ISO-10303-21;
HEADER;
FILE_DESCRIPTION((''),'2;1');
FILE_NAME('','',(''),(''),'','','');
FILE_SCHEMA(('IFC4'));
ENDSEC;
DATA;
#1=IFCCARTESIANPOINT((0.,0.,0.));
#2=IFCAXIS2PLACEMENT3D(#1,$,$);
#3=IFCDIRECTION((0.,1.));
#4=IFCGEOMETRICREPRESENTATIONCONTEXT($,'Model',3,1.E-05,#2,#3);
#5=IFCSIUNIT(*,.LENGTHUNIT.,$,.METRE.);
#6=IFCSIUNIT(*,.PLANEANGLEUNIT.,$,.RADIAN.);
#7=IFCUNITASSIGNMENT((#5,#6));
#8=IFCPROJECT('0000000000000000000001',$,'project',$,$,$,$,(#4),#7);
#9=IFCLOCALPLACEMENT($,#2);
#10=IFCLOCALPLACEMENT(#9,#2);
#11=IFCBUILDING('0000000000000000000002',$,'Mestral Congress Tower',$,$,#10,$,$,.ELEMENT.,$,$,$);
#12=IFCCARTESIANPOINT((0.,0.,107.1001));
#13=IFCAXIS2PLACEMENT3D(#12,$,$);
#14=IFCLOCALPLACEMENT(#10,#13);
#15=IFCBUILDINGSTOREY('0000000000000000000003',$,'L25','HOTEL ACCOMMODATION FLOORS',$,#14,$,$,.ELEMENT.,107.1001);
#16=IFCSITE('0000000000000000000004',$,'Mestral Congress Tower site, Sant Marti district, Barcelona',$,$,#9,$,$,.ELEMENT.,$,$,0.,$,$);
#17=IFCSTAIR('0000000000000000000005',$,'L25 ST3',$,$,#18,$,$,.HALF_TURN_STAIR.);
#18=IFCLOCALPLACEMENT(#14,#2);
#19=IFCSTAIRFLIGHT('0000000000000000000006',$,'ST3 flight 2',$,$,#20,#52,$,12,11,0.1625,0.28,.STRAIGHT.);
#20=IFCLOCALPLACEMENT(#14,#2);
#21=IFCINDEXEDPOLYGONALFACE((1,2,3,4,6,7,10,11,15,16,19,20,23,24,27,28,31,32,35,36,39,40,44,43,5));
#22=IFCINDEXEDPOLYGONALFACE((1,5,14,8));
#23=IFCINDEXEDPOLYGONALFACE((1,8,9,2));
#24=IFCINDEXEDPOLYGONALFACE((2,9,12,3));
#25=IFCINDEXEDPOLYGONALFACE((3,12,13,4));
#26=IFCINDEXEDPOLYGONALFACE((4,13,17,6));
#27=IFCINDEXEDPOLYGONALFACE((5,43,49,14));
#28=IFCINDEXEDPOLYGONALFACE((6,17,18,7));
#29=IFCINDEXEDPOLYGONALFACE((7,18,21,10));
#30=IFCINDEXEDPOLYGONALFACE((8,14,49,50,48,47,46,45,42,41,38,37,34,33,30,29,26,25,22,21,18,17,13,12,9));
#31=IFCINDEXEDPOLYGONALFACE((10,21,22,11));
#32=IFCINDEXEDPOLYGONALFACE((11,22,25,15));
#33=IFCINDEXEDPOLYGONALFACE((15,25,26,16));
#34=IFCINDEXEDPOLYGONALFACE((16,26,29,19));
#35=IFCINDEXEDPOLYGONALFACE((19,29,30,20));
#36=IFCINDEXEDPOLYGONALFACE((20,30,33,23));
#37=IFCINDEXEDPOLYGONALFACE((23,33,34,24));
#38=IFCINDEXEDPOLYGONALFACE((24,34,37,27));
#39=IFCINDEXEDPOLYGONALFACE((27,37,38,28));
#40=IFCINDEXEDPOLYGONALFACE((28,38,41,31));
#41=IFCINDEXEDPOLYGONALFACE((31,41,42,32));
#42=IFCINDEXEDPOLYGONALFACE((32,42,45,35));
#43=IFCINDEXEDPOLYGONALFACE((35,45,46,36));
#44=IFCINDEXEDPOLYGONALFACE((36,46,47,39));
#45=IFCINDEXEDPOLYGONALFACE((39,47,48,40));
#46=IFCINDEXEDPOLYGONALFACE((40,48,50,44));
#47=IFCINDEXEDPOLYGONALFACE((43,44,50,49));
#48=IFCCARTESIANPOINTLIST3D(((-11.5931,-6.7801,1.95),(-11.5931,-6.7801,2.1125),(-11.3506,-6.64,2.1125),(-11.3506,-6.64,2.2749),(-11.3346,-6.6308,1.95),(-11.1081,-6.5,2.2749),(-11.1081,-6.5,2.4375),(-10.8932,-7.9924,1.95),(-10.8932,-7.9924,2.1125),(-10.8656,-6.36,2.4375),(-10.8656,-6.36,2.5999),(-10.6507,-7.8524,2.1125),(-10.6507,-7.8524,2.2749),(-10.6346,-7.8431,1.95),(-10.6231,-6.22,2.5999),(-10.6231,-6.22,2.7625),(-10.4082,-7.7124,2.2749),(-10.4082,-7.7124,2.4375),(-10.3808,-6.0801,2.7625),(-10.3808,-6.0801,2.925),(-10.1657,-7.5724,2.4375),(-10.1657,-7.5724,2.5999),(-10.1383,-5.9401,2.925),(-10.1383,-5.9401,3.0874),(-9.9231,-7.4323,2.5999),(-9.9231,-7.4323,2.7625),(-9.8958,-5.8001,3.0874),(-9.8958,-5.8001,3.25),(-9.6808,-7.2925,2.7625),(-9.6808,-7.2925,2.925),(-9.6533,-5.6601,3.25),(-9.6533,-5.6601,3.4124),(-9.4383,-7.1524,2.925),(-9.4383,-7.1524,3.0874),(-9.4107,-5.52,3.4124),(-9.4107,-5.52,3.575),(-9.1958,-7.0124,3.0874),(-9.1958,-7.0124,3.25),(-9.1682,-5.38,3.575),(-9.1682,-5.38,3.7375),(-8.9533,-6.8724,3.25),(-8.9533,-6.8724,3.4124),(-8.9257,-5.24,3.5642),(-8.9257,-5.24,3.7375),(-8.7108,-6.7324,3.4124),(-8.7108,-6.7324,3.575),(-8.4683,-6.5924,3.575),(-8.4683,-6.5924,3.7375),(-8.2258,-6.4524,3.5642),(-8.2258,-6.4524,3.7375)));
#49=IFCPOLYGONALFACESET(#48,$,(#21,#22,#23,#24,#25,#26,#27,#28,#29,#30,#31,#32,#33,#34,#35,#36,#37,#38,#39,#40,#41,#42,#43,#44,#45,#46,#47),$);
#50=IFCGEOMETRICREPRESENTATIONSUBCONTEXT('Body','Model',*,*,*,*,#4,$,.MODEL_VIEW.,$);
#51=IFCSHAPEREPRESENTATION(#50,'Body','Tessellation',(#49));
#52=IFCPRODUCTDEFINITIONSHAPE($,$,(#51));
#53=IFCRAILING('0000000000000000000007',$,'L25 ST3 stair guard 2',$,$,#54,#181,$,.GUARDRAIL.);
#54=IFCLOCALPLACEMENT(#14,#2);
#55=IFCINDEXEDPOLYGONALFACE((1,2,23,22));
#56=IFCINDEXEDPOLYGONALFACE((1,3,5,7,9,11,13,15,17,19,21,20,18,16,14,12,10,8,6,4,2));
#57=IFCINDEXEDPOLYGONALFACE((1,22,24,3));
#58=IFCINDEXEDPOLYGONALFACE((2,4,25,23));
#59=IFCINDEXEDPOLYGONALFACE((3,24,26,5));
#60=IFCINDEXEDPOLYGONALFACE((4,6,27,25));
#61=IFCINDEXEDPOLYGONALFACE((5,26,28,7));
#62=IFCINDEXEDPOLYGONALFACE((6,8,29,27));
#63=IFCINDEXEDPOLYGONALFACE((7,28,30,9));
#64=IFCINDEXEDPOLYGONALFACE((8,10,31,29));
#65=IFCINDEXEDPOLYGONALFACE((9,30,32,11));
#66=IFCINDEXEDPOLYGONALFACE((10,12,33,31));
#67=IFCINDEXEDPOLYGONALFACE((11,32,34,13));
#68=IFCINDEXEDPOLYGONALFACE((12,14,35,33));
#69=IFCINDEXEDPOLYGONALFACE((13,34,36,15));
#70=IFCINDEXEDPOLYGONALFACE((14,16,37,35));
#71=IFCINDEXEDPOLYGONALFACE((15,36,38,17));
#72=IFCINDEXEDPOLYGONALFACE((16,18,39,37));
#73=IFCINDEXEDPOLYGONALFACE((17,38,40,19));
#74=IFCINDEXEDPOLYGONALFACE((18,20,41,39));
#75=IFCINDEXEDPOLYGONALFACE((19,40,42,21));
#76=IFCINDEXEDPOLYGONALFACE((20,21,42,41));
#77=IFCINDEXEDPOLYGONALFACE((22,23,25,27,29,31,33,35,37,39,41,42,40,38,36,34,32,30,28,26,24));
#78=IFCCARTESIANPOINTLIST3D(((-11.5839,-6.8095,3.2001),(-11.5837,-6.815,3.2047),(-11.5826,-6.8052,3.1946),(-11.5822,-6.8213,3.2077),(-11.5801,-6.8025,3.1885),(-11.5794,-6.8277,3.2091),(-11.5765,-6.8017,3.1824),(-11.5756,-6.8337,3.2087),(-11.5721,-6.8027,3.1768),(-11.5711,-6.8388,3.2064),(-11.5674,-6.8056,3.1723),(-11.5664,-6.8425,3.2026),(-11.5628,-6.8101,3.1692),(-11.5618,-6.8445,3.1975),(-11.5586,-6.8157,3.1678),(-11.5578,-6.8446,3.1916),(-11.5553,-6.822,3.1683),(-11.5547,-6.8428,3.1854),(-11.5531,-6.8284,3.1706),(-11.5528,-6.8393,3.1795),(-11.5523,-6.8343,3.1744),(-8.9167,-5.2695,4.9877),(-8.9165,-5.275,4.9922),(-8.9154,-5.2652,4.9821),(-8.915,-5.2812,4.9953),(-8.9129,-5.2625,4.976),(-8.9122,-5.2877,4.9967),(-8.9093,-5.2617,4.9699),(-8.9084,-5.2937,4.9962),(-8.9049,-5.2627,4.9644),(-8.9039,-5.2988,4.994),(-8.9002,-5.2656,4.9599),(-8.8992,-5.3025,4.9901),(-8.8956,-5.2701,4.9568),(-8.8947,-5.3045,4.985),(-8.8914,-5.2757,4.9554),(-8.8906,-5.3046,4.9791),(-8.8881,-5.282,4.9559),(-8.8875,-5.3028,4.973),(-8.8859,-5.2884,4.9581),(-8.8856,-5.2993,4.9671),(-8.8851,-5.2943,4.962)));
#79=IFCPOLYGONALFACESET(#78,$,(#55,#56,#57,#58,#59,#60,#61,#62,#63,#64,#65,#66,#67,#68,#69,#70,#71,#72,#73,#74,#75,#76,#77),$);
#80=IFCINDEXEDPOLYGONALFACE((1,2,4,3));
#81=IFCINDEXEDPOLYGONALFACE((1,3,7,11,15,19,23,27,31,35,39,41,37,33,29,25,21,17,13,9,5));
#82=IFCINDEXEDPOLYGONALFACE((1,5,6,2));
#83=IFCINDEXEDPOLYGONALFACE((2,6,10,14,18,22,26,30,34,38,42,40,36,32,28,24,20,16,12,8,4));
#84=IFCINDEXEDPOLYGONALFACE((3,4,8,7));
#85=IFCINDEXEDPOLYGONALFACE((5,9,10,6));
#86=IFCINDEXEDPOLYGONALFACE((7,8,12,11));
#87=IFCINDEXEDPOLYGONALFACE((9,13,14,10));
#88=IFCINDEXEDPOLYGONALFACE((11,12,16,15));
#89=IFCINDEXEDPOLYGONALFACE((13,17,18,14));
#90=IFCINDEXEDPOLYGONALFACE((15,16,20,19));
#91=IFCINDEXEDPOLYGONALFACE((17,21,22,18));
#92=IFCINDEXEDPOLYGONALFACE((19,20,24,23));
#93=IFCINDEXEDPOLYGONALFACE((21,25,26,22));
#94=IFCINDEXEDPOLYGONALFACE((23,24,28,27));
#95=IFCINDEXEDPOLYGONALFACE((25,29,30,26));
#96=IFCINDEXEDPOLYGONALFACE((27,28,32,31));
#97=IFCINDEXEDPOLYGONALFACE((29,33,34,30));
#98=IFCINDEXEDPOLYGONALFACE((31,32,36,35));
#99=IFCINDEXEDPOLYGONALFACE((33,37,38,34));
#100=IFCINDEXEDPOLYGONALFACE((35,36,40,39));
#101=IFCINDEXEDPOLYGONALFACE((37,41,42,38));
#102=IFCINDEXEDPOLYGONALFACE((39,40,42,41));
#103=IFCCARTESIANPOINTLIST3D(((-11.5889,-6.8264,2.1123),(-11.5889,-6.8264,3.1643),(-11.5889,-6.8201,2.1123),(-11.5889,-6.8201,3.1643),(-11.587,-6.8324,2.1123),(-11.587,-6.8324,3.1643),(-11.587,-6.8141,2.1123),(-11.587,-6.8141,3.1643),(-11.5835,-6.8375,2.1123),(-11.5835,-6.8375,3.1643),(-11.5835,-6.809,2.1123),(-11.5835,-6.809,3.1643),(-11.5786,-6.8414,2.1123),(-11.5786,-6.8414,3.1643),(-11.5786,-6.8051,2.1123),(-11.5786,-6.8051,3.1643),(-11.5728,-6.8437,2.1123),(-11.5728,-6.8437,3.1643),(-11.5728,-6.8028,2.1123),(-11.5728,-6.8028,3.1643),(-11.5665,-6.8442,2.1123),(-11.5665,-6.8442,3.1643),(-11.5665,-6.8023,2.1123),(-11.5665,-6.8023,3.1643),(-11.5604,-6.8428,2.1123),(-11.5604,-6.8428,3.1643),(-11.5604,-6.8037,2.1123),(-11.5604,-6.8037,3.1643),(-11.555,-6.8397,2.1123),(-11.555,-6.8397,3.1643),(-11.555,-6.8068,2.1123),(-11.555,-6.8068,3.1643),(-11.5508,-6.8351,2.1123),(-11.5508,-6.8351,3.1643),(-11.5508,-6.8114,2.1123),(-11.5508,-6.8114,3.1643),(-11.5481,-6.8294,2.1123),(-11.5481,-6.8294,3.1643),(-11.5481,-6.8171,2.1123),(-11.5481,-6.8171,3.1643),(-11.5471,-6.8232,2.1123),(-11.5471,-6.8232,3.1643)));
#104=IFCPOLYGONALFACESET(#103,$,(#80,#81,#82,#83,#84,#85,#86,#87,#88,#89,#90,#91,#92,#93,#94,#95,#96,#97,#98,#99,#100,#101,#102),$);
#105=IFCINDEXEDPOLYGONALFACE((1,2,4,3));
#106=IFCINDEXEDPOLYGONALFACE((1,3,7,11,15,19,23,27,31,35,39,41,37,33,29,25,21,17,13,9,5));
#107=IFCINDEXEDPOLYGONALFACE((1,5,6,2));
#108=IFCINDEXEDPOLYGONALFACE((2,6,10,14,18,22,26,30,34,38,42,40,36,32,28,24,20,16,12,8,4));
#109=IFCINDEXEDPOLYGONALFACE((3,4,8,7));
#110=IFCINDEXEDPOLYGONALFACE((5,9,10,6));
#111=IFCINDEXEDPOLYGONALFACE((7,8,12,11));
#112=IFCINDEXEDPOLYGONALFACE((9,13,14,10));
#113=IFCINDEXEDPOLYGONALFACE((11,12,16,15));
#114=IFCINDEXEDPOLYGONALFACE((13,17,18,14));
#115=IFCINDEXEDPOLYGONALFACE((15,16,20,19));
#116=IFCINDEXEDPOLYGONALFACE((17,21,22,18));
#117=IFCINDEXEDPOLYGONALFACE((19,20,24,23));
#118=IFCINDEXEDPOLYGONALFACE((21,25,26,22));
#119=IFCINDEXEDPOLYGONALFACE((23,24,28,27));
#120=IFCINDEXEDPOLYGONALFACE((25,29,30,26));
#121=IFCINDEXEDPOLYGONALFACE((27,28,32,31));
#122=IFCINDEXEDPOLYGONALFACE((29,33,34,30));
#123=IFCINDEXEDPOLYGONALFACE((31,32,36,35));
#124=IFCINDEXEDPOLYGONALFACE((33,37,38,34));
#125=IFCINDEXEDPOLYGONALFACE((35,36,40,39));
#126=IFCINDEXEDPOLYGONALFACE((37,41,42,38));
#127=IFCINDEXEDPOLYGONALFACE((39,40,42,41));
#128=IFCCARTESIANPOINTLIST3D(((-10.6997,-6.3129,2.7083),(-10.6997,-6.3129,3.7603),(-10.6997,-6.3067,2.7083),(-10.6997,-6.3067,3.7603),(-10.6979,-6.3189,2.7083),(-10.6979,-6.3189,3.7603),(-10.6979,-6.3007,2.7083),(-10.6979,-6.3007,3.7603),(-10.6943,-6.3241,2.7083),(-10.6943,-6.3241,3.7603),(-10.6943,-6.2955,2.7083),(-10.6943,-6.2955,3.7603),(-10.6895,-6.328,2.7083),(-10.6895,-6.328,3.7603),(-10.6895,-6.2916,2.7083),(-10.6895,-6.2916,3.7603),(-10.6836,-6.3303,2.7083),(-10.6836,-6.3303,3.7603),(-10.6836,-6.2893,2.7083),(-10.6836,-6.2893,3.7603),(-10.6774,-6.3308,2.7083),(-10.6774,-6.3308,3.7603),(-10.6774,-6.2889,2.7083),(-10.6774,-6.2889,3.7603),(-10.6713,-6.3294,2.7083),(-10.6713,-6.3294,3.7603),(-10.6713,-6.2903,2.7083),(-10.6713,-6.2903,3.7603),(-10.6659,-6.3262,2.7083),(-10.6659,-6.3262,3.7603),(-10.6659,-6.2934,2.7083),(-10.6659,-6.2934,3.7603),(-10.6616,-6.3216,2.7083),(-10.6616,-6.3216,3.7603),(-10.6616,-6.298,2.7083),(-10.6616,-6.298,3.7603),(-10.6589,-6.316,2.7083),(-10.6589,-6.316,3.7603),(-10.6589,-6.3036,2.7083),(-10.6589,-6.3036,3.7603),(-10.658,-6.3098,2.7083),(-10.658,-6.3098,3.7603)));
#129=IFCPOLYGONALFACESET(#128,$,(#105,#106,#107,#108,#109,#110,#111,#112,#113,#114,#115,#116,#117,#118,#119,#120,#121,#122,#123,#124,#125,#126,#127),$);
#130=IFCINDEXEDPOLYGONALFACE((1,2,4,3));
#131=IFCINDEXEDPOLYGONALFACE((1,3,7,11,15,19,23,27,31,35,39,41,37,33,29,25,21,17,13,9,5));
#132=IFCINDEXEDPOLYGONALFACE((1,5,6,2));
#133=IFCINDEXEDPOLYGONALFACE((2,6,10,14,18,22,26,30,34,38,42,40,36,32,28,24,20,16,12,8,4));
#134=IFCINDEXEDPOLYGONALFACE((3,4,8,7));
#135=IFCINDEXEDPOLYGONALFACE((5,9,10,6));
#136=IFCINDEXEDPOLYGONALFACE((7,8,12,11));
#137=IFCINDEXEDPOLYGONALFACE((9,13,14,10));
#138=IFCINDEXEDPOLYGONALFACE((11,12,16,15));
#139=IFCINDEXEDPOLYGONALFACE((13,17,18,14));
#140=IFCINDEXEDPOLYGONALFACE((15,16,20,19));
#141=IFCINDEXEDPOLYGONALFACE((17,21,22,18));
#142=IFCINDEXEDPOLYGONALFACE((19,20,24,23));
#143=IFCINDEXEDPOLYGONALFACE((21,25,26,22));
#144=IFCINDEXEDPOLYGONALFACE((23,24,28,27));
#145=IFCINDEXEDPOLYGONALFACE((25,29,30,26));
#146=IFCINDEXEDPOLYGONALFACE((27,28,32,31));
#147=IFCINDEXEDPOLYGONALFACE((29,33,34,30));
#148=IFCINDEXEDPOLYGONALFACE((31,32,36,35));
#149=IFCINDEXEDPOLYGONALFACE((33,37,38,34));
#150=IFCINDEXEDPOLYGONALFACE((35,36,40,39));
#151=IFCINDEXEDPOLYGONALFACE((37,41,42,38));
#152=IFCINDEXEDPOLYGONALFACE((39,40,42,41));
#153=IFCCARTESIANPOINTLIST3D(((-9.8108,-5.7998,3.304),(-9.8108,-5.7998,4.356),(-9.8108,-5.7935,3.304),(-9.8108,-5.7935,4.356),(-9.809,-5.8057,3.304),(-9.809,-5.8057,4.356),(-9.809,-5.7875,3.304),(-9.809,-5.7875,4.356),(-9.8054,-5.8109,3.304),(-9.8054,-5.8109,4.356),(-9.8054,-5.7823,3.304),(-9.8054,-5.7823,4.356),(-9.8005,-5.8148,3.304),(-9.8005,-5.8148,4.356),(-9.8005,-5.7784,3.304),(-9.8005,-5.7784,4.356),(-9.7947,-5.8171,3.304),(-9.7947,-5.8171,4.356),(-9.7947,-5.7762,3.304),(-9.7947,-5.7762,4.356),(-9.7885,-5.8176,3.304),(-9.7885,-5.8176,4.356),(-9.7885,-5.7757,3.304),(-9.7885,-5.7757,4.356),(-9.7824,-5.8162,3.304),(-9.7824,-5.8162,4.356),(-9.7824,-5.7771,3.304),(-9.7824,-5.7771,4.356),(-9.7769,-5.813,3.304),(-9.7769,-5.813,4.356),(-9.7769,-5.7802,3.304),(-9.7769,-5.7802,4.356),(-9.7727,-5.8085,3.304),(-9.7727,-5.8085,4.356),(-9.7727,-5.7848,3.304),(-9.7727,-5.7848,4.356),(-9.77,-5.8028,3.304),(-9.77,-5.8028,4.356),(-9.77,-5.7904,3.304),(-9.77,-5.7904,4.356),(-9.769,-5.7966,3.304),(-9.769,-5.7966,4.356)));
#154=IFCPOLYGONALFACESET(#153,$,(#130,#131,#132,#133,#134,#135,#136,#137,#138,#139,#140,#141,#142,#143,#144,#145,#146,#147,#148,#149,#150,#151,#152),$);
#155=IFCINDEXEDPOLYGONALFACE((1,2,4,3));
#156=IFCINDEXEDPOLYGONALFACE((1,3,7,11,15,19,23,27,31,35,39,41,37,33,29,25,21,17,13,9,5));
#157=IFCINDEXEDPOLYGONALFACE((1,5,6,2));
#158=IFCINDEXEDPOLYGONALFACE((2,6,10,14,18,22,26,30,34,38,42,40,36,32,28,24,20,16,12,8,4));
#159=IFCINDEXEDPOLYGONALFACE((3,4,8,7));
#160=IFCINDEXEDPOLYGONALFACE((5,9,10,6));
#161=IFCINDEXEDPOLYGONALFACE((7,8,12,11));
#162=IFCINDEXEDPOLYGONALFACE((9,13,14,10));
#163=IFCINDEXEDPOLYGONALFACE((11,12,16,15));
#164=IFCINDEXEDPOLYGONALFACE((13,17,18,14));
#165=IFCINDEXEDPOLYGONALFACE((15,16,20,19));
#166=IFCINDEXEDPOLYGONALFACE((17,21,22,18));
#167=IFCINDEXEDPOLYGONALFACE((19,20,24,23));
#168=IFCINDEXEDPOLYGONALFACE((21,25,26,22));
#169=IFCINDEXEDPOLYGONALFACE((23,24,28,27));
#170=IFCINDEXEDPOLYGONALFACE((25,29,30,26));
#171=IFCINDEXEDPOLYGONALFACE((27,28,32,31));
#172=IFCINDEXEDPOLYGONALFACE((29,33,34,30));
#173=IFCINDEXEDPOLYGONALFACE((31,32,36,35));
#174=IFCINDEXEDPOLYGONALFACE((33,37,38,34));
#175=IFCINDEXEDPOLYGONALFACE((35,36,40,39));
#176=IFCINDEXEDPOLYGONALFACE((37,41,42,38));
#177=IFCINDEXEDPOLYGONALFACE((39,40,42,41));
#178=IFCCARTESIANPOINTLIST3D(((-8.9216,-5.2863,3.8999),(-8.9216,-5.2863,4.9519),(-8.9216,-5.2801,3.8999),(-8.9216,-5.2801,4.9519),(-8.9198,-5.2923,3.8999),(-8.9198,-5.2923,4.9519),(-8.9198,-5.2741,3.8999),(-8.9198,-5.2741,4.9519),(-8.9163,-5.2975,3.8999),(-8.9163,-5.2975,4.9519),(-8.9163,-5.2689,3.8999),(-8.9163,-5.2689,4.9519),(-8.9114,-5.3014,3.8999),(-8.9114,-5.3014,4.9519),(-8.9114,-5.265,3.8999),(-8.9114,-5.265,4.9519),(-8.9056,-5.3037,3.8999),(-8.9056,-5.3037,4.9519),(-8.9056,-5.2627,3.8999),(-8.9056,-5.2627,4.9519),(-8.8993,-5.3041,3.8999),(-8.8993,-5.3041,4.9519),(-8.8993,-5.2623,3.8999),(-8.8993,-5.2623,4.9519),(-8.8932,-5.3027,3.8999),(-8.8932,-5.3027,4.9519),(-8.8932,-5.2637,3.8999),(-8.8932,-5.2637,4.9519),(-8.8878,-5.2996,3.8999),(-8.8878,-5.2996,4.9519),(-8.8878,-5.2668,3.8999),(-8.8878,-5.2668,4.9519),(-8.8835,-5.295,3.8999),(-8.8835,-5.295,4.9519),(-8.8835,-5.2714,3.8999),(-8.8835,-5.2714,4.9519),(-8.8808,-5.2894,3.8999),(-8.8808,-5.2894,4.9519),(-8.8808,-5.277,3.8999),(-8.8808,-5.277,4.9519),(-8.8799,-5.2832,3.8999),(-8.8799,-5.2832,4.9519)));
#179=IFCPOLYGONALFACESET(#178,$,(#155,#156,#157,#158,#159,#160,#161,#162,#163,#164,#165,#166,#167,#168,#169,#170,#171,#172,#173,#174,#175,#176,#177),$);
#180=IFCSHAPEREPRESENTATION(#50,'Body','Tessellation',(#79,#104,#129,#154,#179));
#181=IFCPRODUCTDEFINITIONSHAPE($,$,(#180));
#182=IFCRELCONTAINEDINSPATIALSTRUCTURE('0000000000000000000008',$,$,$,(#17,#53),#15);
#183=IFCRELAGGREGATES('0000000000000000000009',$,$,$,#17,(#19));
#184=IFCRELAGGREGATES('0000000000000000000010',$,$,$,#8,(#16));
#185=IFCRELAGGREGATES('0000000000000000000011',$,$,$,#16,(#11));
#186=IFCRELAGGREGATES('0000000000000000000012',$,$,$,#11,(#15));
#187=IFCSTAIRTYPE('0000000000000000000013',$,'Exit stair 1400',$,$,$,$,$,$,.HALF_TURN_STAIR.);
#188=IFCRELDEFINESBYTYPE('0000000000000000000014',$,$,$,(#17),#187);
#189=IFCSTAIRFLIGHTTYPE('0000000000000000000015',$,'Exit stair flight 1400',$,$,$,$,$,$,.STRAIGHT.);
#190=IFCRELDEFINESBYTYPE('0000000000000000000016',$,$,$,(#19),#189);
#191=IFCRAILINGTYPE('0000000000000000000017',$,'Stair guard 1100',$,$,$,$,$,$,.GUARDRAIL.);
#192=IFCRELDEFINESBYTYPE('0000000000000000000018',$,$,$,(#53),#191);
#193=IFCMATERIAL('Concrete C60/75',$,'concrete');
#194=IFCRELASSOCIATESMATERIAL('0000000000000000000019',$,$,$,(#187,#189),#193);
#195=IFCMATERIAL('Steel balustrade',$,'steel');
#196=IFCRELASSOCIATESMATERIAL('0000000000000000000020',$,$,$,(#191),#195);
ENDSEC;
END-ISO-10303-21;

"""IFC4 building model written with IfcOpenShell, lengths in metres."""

from ifc_helpers import new_model, si_unit, direction, frame, origin, origin_2d, place, context, subcontext, project, spatial, polyline, circle, outline, extrude, material, type_object, element, aggregate, save


model = new_model("IFC4")

# Units and contexts
model_context = context("Model", 3, precision=1e-05, world=origin(), true_north=direction((0.0, 1.0)))
body_context = subcontext(model_context, "Body", "Model", "MODEL_VIEW")
ifc_project = project(units=[si_unit("LENGTHUNIT", "METRE"), si_unit("PLANEANGLEUNIT", "RADIAN")], contexts=[model_context])

# Site, building, storey
site_placement = place(None, origin())
site = spatial("IfcSite", under=ifc_project, at=site_placement, Name="Mestral Congress Tower site, Sant Marti district, Barcelona", CompositionType="ELEMENT", RefElevation=0.0)
building_placement = place(site_placement, origin())
building = spatial("IfcBuilding", under=site, at=building_placement, Name="Mestral Congress Tower", CompositionType="ELEMENT")
storey_placement = place(building_placement, frame((0.0, 0.0, 107.1001)))
storey = spatial("IfcBuildingStorey", under=building, at=storey_placement, Name="L25", Description="HOTEL ACCOMMODATION FLOORS", CompositionType="ELEMENT", Elevation=107.1001)

# Shared definitions
ifc_material_1 = material(Name="Concrete C60/75", Category="concrete")

# Stair, stair flight
stair_type = type_object("IfcStairType", Name="Exit stair 1400", PredefinedType="HALF_TURN_STAIR", material=ifc_material_1)
stair_placement = place(storey_placement, origin())
stair = element("IfcStair", 1, at=stair_placement, inside=storey, type_object=stair_type, Name="L25 ST3", PredefinedType="HALF_TURN_STAIR")
stair_flight_type = type_object("IfcStairFlightType", Name="Exit stair flight 1400", PredefinedType="STRAIGHT", material=ifc_material_1)
stair_flight_placement = place(storey_placement, frame((-11.2432, -7.3862, 1.95), z_axis=(0.0, 0.0, 1.0), x_axis=(0.866025, 0.5, 0.0)))
stair_flight = element("IfcStairFlight", 2, at=stair_flight_placement, type_object=stair_flight_type, Name="ST3 flight 2", NumberOfRisers=12, NumberOfTreads=11, PredefinedType="STRAIGHT", RiserHeight=0.1625, TreadLength=0.28, context=body_context, shape_type="SweptSolid", body=[
    extrude(outline(polyline([(0.0, 0.0), (0.0, 0.1626), (0.28, 0.1626), (0.28, 0.325), (0.5601, 0.325), (0.5601, 0.4875), (0.8401, 0.4875), (0.8401, 0.6499), (1.1201, 0.6499), (1.1201, 0.8125), (1.3999, 0.8125), (1.3999, 0.9751), (1.6799, 0.9751), (1.6799, 1.1375), (1.96, 1.1375), (1.96, 1.3), (2.24, 1.3), (2.24, 1.4624), (2.52, 1.4624), (2.52, 1.625), (2.8, 1.625), (2.8, 1.7876), (3.0801, 1.7876), (3.0801, 1.95), (3.0801, 1.6143), (0.2986, 0.0), (0.0, 0.0)])), frame((0.0, 0.7, 0.0), z_axis=(0.0, -1.0, 0.0), x_axis=(1.0, 0.0, 0.0)), (0.0, 0.0, 1.0), 1.3999),
])
aggregate(stair, [stair_flight])

# Railing
ifc_material_2 = material(Name="Steel balustrade", Category="steel")
railing_type = type_object("IfcRailingType", Name="Stair guard 1100", PredefinedType="GUARDRAIL", material=ifc_material_2)
railing_placement = place(storey_placement, frame((-11.5681, -6.8232, 2.1123)))
element("IfcRailing", 3, at=railing_placement, inside=storey, type_object=railing_type, Name="L25 ST3 stair guard 2", PredefinedType="GUARDRAIL", context=body_context, shape_type="SweptSolid", body=[
    extrude(circle(Radius=0.0239, at=origin_2d()), frame((0.0, 0.0, 1.0762), z_axis=(0.748994, 0.432463, 0.50198), x_axis=(-0.500027, 0.86601, 0.0)), (0.0, 0.0, 1.0), 3.561),
    extrude(circle(Radius=0.021, at=origin_2d()), origin(), (0.0, 0.0, 1.0), 1.052),
    extrude(circle(Radius=0.021, at=origin_2d()), frame((0.8892, 0.5134, 0.5959)), (0.0, 0.0, 1.0), 1.052),
    extrude(circle(Radius=0.021, at=origin_2d()), frame((1.7781, 1.0266, 1.1917)), (0.0, 0.0, 1.0), 1.052),
    extrude(circle(Radius=0.021, at=origin_2d()), frame((2.6672, 1.54, 1.7876)), (0.0, 0.0, 1.0), 1.052),
])

save(model, "model.ifc")
